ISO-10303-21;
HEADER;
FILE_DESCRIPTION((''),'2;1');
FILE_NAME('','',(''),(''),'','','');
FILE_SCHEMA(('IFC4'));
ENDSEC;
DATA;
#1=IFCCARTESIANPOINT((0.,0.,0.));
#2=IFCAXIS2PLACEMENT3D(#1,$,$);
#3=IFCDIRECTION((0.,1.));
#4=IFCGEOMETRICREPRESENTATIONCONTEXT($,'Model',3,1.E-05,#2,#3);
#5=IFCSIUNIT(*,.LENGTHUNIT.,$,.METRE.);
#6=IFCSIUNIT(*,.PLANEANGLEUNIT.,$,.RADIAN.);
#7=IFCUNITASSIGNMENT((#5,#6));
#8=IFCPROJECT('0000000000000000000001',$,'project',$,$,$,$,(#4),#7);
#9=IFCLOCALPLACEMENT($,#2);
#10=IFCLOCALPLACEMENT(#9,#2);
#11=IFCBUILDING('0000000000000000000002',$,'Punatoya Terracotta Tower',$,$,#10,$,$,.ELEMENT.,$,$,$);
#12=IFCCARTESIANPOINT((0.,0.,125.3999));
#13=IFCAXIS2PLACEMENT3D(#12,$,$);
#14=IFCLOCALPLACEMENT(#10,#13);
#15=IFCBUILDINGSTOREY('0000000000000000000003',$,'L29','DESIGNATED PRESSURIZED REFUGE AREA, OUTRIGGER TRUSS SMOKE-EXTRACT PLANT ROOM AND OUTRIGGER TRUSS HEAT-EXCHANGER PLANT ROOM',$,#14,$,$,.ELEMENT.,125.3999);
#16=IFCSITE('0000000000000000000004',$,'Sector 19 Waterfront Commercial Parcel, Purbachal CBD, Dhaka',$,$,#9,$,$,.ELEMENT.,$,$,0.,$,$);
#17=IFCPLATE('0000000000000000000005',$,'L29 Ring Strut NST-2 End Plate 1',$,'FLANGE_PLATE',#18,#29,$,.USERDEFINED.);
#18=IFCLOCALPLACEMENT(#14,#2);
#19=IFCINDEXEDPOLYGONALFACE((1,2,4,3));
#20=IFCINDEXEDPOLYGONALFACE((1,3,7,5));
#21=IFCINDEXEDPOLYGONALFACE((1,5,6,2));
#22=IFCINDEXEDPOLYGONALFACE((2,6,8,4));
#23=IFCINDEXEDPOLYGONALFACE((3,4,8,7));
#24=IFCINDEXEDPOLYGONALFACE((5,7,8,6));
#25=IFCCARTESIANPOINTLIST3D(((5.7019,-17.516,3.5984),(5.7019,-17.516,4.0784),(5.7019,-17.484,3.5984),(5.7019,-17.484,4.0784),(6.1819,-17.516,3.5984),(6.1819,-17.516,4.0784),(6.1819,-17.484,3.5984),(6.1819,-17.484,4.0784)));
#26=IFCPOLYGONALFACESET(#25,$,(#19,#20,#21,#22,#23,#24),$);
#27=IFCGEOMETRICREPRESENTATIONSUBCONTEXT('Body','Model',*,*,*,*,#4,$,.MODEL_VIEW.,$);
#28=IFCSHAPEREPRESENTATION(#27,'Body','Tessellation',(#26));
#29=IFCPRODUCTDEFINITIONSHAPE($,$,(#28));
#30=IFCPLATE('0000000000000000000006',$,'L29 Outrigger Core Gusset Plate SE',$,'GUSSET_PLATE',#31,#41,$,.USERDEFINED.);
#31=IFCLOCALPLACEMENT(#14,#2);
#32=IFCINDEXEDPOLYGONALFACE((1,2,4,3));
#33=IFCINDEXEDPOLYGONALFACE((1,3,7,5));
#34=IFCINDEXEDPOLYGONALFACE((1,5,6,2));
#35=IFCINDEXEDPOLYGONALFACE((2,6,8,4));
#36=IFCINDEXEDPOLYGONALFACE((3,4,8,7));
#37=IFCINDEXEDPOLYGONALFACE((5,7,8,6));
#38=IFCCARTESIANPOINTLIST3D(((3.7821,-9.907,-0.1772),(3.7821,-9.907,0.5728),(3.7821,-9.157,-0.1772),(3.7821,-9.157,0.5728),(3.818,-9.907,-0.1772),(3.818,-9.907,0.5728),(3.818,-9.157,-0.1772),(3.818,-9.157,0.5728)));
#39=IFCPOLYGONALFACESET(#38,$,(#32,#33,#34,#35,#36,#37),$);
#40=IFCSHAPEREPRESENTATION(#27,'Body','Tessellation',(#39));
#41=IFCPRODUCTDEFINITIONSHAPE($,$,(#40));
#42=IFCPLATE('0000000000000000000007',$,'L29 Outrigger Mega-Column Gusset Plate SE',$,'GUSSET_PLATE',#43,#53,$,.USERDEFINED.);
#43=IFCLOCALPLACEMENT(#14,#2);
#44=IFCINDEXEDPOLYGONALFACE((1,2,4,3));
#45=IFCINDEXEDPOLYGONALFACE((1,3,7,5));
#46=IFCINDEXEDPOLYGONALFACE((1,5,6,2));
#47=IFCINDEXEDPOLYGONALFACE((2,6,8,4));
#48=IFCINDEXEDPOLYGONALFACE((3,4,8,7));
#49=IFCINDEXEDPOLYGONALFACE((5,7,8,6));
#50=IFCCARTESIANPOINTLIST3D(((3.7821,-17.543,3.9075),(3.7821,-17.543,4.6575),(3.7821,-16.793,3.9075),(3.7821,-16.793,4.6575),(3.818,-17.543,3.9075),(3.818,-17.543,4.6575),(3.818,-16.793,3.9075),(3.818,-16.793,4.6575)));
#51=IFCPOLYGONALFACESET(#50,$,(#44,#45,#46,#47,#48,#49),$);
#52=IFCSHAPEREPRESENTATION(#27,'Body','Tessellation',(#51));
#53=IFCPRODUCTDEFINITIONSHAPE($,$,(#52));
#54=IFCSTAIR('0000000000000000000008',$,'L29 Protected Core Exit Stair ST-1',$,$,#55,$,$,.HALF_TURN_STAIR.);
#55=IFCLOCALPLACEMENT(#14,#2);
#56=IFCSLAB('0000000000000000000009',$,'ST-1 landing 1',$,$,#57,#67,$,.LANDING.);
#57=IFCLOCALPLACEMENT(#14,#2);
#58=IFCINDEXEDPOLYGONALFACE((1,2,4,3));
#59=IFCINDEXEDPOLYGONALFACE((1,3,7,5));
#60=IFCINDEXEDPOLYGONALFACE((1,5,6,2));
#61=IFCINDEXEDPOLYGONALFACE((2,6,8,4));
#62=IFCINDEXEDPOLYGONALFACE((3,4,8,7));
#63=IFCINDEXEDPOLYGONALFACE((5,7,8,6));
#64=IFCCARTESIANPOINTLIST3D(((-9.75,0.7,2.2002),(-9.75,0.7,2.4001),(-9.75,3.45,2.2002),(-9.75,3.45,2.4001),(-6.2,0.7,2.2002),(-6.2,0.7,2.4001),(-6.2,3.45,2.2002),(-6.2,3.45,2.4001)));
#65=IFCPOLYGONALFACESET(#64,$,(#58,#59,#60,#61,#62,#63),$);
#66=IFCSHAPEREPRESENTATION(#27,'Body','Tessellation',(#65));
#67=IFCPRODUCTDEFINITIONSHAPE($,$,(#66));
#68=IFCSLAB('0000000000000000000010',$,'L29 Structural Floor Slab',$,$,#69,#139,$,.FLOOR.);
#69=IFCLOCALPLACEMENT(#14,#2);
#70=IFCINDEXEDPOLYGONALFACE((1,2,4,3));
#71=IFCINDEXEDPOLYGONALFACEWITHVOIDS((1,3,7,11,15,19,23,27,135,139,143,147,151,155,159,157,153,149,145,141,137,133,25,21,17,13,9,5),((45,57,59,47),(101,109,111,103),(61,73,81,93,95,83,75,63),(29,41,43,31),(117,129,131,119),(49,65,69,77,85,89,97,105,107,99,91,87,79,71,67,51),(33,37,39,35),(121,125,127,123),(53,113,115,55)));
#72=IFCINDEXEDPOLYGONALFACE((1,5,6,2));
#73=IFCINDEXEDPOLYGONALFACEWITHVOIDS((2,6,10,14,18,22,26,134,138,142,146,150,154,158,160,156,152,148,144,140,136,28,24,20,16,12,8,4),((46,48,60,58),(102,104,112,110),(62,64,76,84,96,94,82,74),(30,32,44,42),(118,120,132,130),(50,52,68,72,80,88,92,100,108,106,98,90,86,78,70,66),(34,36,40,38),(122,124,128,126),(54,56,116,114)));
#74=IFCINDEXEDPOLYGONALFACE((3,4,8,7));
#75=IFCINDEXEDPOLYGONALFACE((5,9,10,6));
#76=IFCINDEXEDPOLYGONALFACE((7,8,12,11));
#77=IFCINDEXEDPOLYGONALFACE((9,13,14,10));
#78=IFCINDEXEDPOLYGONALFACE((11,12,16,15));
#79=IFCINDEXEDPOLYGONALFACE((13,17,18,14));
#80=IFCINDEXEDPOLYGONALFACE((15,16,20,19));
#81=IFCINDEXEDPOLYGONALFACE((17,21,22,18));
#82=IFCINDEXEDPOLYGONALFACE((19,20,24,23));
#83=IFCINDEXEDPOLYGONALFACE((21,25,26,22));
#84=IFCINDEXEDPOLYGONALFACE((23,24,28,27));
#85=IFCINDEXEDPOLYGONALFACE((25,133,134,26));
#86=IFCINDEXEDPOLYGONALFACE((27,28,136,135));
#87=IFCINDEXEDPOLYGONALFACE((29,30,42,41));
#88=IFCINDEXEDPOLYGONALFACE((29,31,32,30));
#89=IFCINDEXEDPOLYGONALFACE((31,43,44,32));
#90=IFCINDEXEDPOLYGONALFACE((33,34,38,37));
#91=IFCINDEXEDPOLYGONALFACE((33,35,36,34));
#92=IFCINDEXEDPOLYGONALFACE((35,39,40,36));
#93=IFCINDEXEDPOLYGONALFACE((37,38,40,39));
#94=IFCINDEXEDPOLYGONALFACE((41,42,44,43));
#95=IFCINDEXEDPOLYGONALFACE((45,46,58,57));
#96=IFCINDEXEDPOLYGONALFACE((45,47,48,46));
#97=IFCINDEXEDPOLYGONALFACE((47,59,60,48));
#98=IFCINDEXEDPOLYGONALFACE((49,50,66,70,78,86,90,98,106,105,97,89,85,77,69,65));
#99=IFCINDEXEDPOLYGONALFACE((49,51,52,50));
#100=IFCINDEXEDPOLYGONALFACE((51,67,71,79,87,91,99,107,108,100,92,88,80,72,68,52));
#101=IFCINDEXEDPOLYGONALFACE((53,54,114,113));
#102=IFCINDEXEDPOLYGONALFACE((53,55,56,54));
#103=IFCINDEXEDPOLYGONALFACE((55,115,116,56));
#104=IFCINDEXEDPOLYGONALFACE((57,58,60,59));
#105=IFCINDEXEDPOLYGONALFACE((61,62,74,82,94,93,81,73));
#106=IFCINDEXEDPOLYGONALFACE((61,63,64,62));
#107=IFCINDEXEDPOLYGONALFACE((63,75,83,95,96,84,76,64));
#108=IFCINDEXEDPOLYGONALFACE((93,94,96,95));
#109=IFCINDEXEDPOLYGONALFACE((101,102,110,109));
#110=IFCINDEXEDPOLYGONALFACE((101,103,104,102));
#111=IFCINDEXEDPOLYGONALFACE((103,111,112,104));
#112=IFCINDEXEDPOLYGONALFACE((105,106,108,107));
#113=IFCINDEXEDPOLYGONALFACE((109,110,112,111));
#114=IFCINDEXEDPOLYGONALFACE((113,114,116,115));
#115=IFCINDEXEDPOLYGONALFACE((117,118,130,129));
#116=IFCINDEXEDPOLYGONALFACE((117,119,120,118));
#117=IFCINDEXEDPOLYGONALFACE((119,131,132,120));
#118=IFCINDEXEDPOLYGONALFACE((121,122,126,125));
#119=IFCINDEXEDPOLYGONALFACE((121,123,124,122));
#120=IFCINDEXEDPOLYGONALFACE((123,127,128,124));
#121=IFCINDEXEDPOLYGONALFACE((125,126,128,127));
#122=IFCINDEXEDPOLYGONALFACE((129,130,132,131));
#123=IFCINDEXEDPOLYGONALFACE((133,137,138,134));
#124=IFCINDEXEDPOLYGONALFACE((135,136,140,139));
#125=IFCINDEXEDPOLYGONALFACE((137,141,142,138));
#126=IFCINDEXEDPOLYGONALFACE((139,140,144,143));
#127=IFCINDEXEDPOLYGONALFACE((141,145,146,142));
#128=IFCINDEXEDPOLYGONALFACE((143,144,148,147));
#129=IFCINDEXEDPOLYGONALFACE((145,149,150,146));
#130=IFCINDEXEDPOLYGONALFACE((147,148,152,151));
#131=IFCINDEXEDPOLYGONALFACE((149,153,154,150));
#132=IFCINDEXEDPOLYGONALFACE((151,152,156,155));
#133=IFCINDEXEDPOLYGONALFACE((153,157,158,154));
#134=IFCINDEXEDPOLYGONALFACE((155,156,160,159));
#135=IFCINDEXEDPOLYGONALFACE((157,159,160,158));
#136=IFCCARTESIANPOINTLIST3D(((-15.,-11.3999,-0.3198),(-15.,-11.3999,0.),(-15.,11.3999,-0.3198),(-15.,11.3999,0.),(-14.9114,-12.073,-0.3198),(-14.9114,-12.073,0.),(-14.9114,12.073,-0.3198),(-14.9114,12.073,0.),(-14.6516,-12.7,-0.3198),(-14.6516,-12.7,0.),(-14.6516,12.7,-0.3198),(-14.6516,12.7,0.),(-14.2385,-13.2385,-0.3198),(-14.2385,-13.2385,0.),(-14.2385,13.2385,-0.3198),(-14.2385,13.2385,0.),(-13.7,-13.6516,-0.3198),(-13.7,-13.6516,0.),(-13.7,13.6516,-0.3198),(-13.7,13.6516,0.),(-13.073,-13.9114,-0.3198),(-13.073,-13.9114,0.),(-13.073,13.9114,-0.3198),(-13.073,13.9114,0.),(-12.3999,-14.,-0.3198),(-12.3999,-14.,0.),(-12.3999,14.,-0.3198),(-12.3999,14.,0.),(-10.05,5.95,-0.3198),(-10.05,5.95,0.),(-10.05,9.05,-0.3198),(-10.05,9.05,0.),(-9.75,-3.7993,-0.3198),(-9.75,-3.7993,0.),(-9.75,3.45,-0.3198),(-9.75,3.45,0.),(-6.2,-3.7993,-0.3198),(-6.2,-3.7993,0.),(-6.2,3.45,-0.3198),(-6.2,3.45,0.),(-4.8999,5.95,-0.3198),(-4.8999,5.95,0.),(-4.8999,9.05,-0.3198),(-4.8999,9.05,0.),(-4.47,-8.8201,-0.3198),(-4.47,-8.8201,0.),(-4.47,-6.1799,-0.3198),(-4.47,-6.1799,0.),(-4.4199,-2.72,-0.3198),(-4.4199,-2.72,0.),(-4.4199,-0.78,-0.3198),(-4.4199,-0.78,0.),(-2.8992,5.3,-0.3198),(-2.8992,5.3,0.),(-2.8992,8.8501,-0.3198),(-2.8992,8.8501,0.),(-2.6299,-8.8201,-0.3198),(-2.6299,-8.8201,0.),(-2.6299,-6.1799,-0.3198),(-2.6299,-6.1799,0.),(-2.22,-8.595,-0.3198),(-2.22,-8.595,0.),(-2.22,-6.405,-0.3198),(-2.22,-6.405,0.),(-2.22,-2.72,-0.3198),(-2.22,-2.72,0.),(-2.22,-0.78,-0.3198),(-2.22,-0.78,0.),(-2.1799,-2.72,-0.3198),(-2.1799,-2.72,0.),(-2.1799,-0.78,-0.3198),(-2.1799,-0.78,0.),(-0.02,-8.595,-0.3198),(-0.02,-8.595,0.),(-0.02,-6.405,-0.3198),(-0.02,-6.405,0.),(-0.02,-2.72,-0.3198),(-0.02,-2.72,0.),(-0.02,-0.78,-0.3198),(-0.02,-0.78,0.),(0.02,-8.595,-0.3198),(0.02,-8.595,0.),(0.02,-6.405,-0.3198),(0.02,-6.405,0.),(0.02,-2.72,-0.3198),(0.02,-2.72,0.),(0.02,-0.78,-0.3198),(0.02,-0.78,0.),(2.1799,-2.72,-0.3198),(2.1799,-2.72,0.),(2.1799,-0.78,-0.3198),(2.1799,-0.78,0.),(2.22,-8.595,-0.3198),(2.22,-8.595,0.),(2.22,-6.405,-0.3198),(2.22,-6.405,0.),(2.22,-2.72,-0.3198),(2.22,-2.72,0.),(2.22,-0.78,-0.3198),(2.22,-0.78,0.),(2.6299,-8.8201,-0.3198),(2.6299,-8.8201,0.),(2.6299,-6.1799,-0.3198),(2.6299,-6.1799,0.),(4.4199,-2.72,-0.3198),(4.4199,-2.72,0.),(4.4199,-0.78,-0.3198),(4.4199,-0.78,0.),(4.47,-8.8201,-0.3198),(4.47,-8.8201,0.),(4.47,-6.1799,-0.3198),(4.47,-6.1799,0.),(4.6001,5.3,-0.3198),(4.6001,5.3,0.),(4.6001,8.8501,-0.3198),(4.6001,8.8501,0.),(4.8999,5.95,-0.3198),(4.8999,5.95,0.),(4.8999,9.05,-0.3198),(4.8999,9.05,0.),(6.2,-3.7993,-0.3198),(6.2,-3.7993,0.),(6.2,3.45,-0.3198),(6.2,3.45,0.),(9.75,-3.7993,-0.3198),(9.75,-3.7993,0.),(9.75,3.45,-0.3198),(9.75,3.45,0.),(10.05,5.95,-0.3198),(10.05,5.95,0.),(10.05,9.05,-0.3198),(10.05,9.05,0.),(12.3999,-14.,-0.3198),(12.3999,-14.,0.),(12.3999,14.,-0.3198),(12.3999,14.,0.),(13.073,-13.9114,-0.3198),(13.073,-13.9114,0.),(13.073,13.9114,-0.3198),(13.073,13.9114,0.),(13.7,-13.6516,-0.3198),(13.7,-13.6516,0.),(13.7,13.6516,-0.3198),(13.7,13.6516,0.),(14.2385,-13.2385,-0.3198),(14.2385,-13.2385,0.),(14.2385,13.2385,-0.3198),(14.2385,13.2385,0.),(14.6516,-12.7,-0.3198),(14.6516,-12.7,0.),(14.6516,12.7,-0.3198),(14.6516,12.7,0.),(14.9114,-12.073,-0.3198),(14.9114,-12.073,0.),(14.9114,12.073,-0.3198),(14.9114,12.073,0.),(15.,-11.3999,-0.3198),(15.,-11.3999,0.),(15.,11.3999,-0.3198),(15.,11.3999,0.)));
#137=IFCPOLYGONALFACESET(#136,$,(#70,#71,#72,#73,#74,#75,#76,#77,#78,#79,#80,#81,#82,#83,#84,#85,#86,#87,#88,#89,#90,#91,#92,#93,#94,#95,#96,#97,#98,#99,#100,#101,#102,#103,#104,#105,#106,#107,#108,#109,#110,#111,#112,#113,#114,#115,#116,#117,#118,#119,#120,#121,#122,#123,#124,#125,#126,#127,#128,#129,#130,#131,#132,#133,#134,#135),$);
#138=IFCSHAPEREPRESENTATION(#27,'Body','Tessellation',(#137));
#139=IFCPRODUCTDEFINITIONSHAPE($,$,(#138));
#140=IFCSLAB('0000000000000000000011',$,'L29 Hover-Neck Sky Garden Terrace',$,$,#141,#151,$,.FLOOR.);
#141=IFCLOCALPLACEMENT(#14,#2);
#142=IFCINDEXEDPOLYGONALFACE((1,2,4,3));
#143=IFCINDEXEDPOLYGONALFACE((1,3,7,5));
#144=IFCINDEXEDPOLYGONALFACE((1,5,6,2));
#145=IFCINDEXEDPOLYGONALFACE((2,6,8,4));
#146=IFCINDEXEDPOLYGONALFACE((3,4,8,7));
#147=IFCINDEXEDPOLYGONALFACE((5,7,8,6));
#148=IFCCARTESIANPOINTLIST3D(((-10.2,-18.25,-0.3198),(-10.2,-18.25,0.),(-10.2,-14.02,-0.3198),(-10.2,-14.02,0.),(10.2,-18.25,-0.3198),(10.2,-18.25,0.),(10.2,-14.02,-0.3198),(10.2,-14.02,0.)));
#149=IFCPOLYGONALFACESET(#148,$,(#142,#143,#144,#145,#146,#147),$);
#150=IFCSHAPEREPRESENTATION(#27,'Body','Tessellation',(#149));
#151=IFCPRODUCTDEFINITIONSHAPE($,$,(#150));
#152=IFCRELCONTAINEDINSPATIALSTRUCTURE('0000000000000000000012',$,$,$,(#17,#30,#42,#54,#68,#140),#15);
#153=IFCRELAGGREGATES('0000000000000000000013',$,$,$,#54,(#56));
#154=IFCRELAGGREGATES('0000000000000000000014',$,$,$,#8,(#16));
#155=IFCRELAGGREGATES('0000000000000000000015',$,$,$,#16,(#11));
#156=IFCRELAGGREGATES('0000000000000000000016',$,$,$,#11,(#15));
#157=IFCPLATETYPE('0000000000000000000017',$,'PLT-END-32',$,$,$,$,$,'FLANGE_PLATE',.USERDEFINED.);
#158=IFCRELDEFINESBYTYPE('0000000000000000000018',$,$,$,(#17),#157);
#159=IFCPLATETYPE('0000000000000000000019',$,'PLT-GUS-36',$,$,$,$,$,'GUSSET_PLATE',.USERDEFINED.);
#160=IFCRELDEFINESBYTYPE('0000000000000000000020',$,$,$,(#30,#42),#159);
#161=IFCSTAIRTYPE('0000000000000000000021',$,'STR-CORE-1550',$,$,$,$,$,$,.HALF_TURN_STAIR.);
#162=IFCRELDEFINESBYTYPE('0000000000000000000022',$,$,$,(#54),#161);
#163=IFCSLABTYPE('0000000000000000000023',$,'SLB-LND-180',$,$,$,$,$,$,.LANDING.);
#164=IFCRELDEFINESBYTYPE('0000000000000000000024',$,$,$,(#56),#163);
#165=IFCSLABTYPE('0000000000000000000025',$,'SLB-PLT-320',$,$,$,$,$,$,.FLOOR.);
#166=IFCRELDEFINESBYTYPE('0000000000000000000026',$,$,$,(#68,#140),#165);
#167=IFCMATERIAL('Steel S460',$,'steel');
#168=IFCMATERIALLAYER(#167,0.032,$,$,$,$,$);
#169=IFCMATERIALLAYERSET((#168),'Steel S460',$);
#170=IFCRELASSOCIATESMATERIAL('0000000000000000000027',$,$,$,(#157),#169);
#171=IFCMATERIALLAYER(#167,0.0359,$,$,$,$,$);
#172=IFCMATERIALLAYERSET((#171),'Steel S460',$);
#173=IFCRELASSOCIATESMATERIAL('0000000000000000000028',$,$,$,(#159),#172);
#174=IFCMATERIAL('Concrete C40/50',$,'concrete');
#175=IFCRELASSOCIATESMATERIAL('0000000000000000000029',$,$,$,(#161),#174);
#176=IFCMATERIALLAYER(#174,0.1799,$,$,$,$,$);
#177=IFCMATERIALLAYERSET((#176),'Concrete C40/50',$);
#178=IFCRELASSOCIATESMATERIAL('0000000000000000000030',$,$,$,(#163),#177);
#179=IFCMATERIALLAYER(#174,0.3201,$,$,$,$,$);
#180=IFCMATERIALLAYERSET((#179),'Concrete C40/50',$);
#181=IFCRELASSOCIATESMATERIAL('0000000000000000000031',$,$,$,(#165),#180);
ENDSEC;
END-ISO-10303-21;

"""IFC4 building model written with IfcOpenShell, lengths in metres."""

from ifc_helpers import new_model, si_unit, direction, frame, origin, origin_2d, place, context, subcontext, project, spatial, polyline, rectangle, outline, extrude, material, layer, layer_set, type_object, element, aggregate, save


model = new_model("IFC4")

# Units and contexts
model_context = context("Model", 3, precision=1e-05, world=origin(), true_north=direction((0.0, 1.0)))
body_context = subcontext(model_context, "Body", "Model", "MODEL_VIEW")
ifc_project = project(units=[si_unit("LENGTHUNIT", "METRE"), si_unit("PLANEANGLEUNIT", "RADIAN")], contexts=[model_context])

# Site, building, storey
site_placement = place(None, origin())
site = spatial("IfcSite", under=ifc_project, at=site_placement, Name="Sector 19 Waterfront Commercial Parcel, Purbachal CBD, Dhaka", CompositionType="ELEMENT", RefElevation=0.0)
building_placement = place(site_placement, origin())
building = spatial("IfcBuilding", under=site, at=building_placement, Name="Punatoya Terracotta Tower", CompositionType="ELEMENT")
storey_placement = place(building_placement, frame((0.0, 0.0, 125.3999)))
storey = spatial("IfcBuildingStorey", under=building, at=storey_placement, Name="L29", Description="DESIGNATED PRESSURIZED REFUGE AREA, OUTRIGGER TRUSS SMOKE-EXTRACT PLANT ROOM AND OUTRIGGER TRUSS HEAT-EXCHANGER PLANT ROOM", CompositionType="ELEMENT", Elevation=125.3999)

# Shared definitions
ifc_material_1 = material(Name="Steel S460", Category="steel")

# Plates
ifc_layer_1 = layer(ifc_material_1, 0.032)
ifc_layer_set_1 = layer_set([ifc_layer_1], Name="Steel S460")
plate_type_1 = type_object("IfcPlateType", Name="PLT-END-32", ElementType="FLANGE_PLATE", PredefinedType="USERDEFINED", material=ifc_layer_set_1)
plate_placement = place(storey_placement, frame((5.9419, -17.5, 3.5984), z_axis=(0.0, 0.0, 1.0), x_axis=(1.0, 0.0, 0.0)))
element("IfcPlate", 1, at=plate_placement, inside=storey, type_object=plate_type_1, Name="L29 Ring Strut NST-2 End Plate 1", ObjectType="FLANGE_PLATE", PredefinedType="USERDEFINED", context=body_context, shape_type="SweptSolid", body=[
    extrude(rectangle(XDim=0.48, YDim=0.032, at=origin_2d()), origin(), (0.0, 0.0, 1.0), 0.48),
])
ifc_layer_2 = layer(ifc_material_1, 0.0359)
ifc_layer_set_2 = layer_set([ifc_layer_2], Name="Steel S460")
plate_type_2 = type_object("IfcPlateType", Name="PLT-GUS-36", ElementType="GUSSET_PLATE", PredefinedType="USERDEFINED", material=ifc_layer_set_2)
for number, where, z_axis, x_axis, name in (
    (2, (3.8, -9.532, -0.1772), (0.0, 0.0, 1.0), (0.0, 1.0, 0.0), "L29 Outrigger Core Gusset Plate SE"),
    (3, (3.8, -17.168, 3.9075), (0.0, 0.0, 1.0), (0.0, 1.0, 0.0), "L29 Outrigger Mega-Column Gusset Plate SE"),
):
    element("IfcPlate", number, at=place(storey_placement, frame(where, z_axis=z_axis, x_axis=x_axis)), inside=storey, type_object=plate_type_2, Name=name, ObjectType="GUSSET_PLATE", PredefinedType="USERDEFINED", context=body_context, shape_type="SweptSolid", body=[
        extrude(rectangle(XDim=0.75, YDim=0.0359, at=origin_2d()), origin(), (0.0, 0.0, 1.0), 0.75),
    ])

# Stair, slab
ifc_material_2 = material(Name="Concrete C40/50", Category="concrete")
stair_type_1 = type_object("IfcStairType", Name="STR-CORE-1550", PredefinedType="HALF_TURN_STAIR", material=ifc_material_2)
stair_1_placement = place(storey_placement, origin())
stair_1 = element("IfcStair", 4, at=stair_1_placement, inside=storey, type_object=stair_type_1, Name="L29 Protected Core Exit Stair ST-1", PredefinedType="HALF_TURN_STAIR")
ifc_layer_3 = layer(ifc_material_2, 0.1799)
ifc_layer_set_3 = layer_set([ifc_layer_3], Name="Concrete C40/50")
slab_type_1 = type_object("IfcSlabType", Name="SLB-LND-180", PredefinedType="LANDING", material=ifc_layer_set_3)
slab_1_placement = place(storey_placement, frame((0.0, 0.0, 2.2002)))
slab_1 = element("IfcSlab", 5, at=slab_1_placement, type_object=slab_type_1, Name="ST-1 landing 1", PredefinedType="LANDING", context=body_context, shape_type="SweptSolid", body=[
    extrude(outline(polyline([(-6.2, 0.7), (-6.2, 3.45), (-9.75, 3.45), (-9.75, 0.7), (-6.2, 0.7)])), origin(), (0.0, 0.0, 1.0), 0.2),
])
aggregate(stair_1, [slab_1])

# Slabs
ifc_layer_4 = layer(ifc_material_2, 0.3201)
ifc_layer_set_4 = layer_set([ifc_layer_4], Name="Concrete C40/50")
slab_type_2 = type_object("IfcSlabType", Name="SLB-PLT-320", PredefinedType="FLOOR", material=ifc_layer_set_4)
slab_2_placement = place(storey_placement, frame((0.0, 0.0, -0.3198)))
element("IfcSlab", 6, at=slab_2_placement, inside=storey, type_object=slab_type_2, Name="L29 Structural Floor Slab", PredefinedType="FLOOR", context=body_context, shape_type="SweptSolid", body=[
    extrude(outline(polyline([(-12.3999, -14.0), (-13.073, -13.9114), (-13.7, -13.6516), (-14.2385, -13.2385), (-14.6516, -12.7), (-14.9114, -12.073), (-15.0, -11.3999), (-15.0, 11.3999), (-14.9114, 12.073), (-14.6516, 12.7), (-14.2385, 13.2385), (-13.7, 13.6516), (-13.073, 13.9114), (-12.3999, 14.0), (12.3999, 14.0), (13.073, 13.9114), (13.7, 13.6516), (14.2385, 13.2385), (14.6516, 12.7), (14.9114, 12.073), (15.0, 11.3999), (15.0, -11.3999), (14.9114, -12.073), (14.6516, -12.7), (14.2385, -13.2385), (13.7, -13.6516), (13.073, -13.9114), (12.3999, -14.0), (-12.3999, -14.0)]), holes=[polyline([(-2.6299, -6.1799), (-4.47, -6.1799), (-4.47, -8.8201), (-2.6299, -8.8201), (-2.6299, -6.1799)]), polyline([(0.02, -8.595), (2.22, -8.595), (2.22, -6.405), (0.02, -6.405), (-0.02, -6.405), (-2.22, -6.405), (-2.22, -8.595), (-0.02, -8.595), (0.02, -8.595)]), polyline([(-2.22, -2.72), (-2.1799, -2.72), (-0.02, -2.72), (0.02, -2.72), (2.1799, -2.72), (2.22, -2.72), (4.4199, -2.72), (4.4199, -0.78), (2.22, -0.78), (2.1799, -0.78), (0.02, -0.78), (-0.02, -0.78), (-2.1799, -0.78), (-2.22, -0.78), (-4.4199, -0.78), (-4.4199, -2.72), (-2.22, -2.72)]), polyline([(-6.2, 3.45), (-9.75, 3.45), (-9.75, -3.7993), (-6.2, -3.7993), (-6.2, 3.45)]), polyline([(4.6001, 5.3), (4.6001, 8.8501), (-2.8992, 8.8501), (-2.8992, 5.3), (4.6001, 5.3)]), polyline([(-4.8999, 9.05), (-10.05, 9.05), (-10.05, 5.95), (-4.8999, 5.95), (-4.8999, 9.05)]), polyline([(4.47, -8.8201), (4.47, -6.1799), (2.6299, -6.1799), (2.6299, -8.8201), (4.47, -8.8201)]), polyline([(9.75, 3.45), (6.2, 3.45), (6.2, -3.7993), (9.75, -3.7993), (9.75, 3.45)]), polyline([(10.05, 5.95), (10.05, 9.05), (4.8999, 9.05), (4.8999, 5.95), (10.05, 5.95)])]), origin(), (0.0, 0.0, 1.0), 0.3198),
])
slab_3_placement = place(storey_placement, frame((0.0, 0.0, -0.3198)))
element("IfcSlab", 7, at=slab_3_placement, inside=storey, type_object=slab_type_2, Name="L29 Hover-Neck Sky Garden Terrace", PredefinedType="FLOOR", context=body_context, shape_type="SweptSolid", body=[
    extrude(outline(polyline([(10.2, -18.25), (-10.2, -18.25), (-10.2, -14.02), (10.2, -14.02), (10.2, -18.25)])), origin(), (0.0, 0.0, 1.0), 0.3198),
])

save(model, "model.ifc")
